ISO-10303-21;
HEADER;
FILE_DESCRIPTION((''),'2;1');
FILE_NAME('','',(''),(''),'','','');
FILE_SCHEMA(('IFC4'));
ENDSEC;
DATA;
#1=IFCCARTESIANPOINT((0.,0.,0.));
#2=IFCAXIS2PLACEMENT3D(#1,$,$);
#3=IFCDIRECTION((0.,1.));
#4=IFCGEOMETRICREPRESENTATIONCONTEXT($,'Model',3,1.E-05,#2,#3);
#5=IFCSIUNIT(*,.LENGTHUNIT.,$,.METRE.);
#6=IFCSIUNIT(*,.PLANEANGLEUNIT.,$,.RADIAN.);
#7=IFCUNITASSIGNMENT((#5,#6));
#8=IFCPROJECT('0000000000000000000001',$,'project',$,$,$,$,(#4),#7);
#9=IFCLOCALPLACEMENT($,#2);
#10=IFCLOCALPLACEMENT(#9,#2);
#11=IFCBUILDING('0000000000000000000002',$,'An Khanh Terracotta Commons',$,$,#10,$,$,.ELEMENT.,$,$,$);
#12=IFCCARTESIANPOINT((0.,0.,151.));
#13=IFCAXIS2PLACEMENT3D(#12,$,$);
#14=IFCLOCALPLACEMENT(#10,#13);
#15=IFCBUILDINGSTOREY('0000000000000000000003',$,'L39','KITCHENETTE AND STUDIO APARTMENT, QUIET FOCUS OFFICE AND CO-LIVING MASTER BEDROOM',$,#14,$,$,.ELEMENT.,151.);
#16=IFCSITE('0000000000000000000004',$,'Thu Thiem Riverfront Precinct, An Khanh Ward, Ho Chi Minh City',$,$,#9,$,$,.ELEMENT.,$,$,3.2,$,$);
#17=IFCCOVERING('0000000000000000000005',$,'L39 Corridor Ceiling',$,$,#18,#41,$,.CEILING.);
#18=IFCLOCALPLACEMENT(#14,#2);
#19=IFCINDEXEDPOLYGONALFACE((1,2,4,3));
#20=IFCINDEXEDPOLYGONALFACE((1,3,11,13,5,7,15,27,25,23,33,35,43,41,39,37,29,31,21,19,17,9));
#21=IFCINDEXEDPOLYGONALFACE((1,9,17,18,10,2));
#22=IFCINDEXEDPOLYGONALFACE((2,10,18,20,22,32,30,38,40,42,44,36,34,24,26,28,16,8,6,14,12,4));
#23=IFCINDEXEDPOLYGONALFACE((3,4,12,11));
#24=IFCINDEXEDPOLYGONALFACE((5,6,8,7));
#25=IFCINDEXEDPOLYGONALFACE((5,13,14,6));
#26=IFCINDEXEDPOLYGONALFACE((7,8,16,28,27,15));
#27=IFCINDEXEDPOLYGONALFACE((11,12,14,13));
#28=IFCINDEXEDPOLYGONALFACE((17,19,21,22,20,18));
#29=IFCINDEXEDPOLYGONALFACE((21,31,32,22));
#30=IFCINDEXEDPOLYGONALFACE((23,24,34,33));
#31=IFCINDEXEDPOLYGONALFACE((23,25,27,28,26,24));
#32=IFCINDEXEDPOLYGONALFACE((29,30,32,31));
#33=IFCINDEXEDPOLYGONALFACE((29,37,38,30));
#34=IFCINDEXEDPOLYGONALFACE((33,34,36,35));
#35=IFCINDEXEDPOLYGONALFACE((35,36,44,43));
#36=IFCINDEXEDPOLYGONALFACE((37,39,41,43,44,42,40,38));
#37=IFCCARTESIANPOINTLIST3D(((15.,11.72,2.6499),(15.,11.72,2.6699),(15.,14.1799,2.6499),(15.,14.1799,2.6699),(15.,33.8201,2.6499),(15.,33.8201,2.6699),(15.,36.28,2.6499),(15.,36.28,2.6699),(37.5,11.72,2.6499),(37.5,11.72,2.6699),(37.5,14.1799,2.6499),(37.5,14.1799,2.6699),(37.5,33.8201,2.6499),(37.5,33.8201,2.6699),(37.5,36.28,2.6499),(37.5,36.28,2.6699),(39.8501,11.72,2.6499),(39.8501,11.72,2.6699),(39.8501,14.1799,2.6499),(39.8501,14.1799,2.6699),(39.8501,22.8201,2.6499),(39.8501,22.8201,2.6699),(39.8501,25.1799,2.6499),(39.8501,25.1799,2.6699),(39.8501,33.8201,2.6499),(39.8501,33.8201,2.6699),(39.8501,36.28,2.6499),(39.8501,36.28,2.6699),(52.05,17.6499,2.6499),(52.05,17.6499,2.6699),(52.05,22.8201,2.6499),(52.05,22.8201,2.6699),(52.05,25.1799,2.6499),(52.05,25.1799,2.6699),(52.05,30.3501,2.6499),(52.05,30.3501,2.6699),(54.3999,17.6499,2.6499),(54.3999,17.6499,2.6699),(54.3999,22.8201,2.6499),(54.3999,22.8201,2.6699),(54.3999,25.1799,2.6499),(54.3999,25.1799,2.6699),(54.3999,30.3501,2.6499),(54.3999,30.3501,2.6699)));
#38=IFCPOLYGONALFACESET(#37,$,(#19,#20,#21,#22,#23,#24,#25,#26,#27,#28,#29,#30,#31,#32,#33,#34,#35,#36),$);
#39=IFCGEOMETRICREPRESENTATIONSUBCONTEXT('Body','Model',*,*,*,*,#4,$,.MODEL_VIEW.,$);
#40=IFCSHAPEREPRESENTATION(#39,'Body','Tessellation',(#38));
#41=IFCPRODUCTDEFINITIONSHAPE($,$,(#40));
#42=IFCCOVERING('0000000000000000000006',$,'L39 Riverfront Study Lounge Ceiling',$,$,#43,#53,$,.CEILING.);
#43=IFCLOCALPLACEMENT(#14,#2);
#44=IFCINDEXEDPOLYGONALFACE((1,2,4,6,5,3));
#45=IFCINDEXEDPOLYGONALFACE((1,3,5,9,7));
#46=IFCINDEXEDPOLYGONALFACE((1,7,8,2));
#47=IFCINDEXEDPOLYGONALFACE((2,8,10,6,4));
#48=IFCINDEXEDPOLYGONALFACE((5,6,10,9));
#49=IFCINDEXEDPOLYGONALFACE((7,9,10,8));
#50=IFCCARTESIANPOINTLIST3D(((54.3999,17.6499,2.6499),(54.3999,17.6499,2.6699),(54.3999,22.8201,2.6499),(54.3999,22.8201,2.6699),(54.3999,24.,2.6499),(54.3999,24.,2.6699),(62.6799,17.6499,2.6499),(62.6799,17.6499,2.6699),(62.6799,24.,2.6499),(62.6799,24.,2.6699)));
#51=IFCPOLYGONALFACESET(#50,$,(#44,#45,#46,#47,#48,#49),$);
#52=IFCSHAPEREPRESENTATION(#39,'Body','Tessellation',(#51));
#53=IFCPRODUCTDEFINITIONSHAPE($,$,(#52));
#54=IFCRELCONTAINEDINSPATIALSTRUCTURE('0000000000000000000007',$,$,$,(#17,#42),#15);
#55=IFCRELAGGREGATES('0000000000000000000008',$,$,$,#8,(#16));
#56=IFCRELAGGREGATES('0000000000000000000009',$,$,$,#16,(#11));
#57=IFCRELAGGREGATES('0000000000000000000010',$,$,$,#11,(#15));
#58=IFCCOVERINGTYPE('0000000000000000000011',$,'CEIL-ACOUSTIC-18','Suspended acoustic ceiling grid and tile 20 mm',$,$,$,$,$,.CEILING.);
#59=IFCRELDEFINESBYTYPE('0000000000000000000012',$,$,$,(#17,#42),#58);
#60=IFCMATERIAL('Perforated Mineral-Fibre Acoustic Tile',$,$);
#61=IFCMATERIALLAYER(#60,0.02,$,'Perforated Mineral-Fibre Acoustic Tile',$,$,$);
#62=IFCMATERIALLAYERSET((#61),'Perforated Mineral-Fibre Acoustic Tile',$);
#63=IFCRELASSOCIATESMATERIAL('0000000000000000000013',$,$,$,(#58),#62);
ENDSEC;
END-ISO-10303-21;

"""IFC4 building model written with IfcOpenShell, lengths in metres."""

from ifc_helpers import new_model, si_unit, direction, frame, origin, place, context, subcontext, project, spatial, polyline, outline, extrude, material, layer, layer_set, type_object, element, save


model = new_model("IFC4")

# Units and contexts
model_context = context("Model", 3, precision=1e-05, world=origin(), true_north=direction((0.0, 1.0)))
body_context = subcontext(model_context, "Body", "Model", "MODEL_VIEW")
ifc_project = project(units=[si_unit("LENGTHUNIT", "METRE"), si_unit("PLANEANGLEUNIT", "RADIAN")], contexts=[model_context])

# Site, building, storey
site_placement = place(None, origin())
site = spatial("IfcSite", under=ifc_project, at=site_placement, Name="Thu Thiem Riverfront Precinct, An Khanh Ward, Ho Chi Minh City", CompositionType="ELEMENT", RefElevation=3.2)
building_placement = place(site_placement, origin())
building = spatial("IfcBuilding", under=site, at=building_placement, Name="An Khanh Terracotta Commons", CompositionType="ELEMENT")
storey_placement = place(building_placement, frame((0.0, 0.0, 151.0)))
storey = spatial("IfcBuildingStorey", under=building, at=storey_placement, Name="L39", Description="KITCHENETTE AND STUDIO APARTMENT, QUIET FOCUS OFFICE AND CO-LIVING MASTER BEDROOM", CompositionType="ELEMENT", Elevation=151.0)

# Coverings
ifc_material_1 = material(Name="Perforated Mineral-Fibre Acoustic Tile")
ifc_layer_1 = layer(ifc_material_1, 0.02, Name="Perforated Mineral-Fibre Acoustic Tile")
ifc_layer_set_1 = layer_set([ifc_layer_1], Name="Perforated Mineral-Fibre Acoustic Tile")
covering_type = type_object("IfcCoveringType", Name="CEIL-ACOUSTIC-18", Description="Suspended acoustic ceiling grid and tile 20 mm", PredefinedType="CEILING", material=ifc_layer_set_1)
covering_1_placement = place(storey_placement, frame((0.0, 0.0, 2.6499)))
element("IfcCovering", 1, at=covering_1_placement, inside=storey, type_object=covering_type, Name="L39 Corridor Ceiling", PredefinedType="CEILING", context=body_context, shape_type="SweptSolid", body=[
    extrude(outline(polyline([(15.0, 11.72), (15.0, 14.1799), (37.5, 14.1799), (37.5, 33.8201), (15.0, 33.8201), (15.0, 36.28), (37.5, 36.28), (39.8501, 36.28), (39.8501, 33.8201), (39.8501, 25.1799), (52.05, 25.1799), (52.05, 30.3501), (54.3999, 30.3501), (54.3999, 25.1799), (54.3999, 22.8201), (54.3999, 17.6499), (52.05, 17.6499), (52.05, 22.8201), (39.8501, 22.8201), (39.8501, 14.1799), (39.8501, 11.72), (37.5, 11.72), (15.0, 11.72)])), origin(), (0.0, 0.0, 1.0), 0.02),
])
covering_2_placement = place(storey_placement, frame((0.0, 0.0, 2.6499)))
element("IfcCovering", 2, at=covering_2_placement, inside=storey, type_object=covering_type, Name="L39 Riverfront Study Lounge Ceiling", PredefinedType="CEILING", context=body_context, shape_type="SweptSolid", body=[
    extrude(outline(polyline([(62.6799, 17.6499), (54.3999, 17.6499), (54.3999, 22.8201), (54.3999, 24.0), (62.6799, 24.0), (62.6799, 17.6499)])), origin(), (0.0, 0.0, 1.0), 0.02),
])

save(model, "model.ifc")
